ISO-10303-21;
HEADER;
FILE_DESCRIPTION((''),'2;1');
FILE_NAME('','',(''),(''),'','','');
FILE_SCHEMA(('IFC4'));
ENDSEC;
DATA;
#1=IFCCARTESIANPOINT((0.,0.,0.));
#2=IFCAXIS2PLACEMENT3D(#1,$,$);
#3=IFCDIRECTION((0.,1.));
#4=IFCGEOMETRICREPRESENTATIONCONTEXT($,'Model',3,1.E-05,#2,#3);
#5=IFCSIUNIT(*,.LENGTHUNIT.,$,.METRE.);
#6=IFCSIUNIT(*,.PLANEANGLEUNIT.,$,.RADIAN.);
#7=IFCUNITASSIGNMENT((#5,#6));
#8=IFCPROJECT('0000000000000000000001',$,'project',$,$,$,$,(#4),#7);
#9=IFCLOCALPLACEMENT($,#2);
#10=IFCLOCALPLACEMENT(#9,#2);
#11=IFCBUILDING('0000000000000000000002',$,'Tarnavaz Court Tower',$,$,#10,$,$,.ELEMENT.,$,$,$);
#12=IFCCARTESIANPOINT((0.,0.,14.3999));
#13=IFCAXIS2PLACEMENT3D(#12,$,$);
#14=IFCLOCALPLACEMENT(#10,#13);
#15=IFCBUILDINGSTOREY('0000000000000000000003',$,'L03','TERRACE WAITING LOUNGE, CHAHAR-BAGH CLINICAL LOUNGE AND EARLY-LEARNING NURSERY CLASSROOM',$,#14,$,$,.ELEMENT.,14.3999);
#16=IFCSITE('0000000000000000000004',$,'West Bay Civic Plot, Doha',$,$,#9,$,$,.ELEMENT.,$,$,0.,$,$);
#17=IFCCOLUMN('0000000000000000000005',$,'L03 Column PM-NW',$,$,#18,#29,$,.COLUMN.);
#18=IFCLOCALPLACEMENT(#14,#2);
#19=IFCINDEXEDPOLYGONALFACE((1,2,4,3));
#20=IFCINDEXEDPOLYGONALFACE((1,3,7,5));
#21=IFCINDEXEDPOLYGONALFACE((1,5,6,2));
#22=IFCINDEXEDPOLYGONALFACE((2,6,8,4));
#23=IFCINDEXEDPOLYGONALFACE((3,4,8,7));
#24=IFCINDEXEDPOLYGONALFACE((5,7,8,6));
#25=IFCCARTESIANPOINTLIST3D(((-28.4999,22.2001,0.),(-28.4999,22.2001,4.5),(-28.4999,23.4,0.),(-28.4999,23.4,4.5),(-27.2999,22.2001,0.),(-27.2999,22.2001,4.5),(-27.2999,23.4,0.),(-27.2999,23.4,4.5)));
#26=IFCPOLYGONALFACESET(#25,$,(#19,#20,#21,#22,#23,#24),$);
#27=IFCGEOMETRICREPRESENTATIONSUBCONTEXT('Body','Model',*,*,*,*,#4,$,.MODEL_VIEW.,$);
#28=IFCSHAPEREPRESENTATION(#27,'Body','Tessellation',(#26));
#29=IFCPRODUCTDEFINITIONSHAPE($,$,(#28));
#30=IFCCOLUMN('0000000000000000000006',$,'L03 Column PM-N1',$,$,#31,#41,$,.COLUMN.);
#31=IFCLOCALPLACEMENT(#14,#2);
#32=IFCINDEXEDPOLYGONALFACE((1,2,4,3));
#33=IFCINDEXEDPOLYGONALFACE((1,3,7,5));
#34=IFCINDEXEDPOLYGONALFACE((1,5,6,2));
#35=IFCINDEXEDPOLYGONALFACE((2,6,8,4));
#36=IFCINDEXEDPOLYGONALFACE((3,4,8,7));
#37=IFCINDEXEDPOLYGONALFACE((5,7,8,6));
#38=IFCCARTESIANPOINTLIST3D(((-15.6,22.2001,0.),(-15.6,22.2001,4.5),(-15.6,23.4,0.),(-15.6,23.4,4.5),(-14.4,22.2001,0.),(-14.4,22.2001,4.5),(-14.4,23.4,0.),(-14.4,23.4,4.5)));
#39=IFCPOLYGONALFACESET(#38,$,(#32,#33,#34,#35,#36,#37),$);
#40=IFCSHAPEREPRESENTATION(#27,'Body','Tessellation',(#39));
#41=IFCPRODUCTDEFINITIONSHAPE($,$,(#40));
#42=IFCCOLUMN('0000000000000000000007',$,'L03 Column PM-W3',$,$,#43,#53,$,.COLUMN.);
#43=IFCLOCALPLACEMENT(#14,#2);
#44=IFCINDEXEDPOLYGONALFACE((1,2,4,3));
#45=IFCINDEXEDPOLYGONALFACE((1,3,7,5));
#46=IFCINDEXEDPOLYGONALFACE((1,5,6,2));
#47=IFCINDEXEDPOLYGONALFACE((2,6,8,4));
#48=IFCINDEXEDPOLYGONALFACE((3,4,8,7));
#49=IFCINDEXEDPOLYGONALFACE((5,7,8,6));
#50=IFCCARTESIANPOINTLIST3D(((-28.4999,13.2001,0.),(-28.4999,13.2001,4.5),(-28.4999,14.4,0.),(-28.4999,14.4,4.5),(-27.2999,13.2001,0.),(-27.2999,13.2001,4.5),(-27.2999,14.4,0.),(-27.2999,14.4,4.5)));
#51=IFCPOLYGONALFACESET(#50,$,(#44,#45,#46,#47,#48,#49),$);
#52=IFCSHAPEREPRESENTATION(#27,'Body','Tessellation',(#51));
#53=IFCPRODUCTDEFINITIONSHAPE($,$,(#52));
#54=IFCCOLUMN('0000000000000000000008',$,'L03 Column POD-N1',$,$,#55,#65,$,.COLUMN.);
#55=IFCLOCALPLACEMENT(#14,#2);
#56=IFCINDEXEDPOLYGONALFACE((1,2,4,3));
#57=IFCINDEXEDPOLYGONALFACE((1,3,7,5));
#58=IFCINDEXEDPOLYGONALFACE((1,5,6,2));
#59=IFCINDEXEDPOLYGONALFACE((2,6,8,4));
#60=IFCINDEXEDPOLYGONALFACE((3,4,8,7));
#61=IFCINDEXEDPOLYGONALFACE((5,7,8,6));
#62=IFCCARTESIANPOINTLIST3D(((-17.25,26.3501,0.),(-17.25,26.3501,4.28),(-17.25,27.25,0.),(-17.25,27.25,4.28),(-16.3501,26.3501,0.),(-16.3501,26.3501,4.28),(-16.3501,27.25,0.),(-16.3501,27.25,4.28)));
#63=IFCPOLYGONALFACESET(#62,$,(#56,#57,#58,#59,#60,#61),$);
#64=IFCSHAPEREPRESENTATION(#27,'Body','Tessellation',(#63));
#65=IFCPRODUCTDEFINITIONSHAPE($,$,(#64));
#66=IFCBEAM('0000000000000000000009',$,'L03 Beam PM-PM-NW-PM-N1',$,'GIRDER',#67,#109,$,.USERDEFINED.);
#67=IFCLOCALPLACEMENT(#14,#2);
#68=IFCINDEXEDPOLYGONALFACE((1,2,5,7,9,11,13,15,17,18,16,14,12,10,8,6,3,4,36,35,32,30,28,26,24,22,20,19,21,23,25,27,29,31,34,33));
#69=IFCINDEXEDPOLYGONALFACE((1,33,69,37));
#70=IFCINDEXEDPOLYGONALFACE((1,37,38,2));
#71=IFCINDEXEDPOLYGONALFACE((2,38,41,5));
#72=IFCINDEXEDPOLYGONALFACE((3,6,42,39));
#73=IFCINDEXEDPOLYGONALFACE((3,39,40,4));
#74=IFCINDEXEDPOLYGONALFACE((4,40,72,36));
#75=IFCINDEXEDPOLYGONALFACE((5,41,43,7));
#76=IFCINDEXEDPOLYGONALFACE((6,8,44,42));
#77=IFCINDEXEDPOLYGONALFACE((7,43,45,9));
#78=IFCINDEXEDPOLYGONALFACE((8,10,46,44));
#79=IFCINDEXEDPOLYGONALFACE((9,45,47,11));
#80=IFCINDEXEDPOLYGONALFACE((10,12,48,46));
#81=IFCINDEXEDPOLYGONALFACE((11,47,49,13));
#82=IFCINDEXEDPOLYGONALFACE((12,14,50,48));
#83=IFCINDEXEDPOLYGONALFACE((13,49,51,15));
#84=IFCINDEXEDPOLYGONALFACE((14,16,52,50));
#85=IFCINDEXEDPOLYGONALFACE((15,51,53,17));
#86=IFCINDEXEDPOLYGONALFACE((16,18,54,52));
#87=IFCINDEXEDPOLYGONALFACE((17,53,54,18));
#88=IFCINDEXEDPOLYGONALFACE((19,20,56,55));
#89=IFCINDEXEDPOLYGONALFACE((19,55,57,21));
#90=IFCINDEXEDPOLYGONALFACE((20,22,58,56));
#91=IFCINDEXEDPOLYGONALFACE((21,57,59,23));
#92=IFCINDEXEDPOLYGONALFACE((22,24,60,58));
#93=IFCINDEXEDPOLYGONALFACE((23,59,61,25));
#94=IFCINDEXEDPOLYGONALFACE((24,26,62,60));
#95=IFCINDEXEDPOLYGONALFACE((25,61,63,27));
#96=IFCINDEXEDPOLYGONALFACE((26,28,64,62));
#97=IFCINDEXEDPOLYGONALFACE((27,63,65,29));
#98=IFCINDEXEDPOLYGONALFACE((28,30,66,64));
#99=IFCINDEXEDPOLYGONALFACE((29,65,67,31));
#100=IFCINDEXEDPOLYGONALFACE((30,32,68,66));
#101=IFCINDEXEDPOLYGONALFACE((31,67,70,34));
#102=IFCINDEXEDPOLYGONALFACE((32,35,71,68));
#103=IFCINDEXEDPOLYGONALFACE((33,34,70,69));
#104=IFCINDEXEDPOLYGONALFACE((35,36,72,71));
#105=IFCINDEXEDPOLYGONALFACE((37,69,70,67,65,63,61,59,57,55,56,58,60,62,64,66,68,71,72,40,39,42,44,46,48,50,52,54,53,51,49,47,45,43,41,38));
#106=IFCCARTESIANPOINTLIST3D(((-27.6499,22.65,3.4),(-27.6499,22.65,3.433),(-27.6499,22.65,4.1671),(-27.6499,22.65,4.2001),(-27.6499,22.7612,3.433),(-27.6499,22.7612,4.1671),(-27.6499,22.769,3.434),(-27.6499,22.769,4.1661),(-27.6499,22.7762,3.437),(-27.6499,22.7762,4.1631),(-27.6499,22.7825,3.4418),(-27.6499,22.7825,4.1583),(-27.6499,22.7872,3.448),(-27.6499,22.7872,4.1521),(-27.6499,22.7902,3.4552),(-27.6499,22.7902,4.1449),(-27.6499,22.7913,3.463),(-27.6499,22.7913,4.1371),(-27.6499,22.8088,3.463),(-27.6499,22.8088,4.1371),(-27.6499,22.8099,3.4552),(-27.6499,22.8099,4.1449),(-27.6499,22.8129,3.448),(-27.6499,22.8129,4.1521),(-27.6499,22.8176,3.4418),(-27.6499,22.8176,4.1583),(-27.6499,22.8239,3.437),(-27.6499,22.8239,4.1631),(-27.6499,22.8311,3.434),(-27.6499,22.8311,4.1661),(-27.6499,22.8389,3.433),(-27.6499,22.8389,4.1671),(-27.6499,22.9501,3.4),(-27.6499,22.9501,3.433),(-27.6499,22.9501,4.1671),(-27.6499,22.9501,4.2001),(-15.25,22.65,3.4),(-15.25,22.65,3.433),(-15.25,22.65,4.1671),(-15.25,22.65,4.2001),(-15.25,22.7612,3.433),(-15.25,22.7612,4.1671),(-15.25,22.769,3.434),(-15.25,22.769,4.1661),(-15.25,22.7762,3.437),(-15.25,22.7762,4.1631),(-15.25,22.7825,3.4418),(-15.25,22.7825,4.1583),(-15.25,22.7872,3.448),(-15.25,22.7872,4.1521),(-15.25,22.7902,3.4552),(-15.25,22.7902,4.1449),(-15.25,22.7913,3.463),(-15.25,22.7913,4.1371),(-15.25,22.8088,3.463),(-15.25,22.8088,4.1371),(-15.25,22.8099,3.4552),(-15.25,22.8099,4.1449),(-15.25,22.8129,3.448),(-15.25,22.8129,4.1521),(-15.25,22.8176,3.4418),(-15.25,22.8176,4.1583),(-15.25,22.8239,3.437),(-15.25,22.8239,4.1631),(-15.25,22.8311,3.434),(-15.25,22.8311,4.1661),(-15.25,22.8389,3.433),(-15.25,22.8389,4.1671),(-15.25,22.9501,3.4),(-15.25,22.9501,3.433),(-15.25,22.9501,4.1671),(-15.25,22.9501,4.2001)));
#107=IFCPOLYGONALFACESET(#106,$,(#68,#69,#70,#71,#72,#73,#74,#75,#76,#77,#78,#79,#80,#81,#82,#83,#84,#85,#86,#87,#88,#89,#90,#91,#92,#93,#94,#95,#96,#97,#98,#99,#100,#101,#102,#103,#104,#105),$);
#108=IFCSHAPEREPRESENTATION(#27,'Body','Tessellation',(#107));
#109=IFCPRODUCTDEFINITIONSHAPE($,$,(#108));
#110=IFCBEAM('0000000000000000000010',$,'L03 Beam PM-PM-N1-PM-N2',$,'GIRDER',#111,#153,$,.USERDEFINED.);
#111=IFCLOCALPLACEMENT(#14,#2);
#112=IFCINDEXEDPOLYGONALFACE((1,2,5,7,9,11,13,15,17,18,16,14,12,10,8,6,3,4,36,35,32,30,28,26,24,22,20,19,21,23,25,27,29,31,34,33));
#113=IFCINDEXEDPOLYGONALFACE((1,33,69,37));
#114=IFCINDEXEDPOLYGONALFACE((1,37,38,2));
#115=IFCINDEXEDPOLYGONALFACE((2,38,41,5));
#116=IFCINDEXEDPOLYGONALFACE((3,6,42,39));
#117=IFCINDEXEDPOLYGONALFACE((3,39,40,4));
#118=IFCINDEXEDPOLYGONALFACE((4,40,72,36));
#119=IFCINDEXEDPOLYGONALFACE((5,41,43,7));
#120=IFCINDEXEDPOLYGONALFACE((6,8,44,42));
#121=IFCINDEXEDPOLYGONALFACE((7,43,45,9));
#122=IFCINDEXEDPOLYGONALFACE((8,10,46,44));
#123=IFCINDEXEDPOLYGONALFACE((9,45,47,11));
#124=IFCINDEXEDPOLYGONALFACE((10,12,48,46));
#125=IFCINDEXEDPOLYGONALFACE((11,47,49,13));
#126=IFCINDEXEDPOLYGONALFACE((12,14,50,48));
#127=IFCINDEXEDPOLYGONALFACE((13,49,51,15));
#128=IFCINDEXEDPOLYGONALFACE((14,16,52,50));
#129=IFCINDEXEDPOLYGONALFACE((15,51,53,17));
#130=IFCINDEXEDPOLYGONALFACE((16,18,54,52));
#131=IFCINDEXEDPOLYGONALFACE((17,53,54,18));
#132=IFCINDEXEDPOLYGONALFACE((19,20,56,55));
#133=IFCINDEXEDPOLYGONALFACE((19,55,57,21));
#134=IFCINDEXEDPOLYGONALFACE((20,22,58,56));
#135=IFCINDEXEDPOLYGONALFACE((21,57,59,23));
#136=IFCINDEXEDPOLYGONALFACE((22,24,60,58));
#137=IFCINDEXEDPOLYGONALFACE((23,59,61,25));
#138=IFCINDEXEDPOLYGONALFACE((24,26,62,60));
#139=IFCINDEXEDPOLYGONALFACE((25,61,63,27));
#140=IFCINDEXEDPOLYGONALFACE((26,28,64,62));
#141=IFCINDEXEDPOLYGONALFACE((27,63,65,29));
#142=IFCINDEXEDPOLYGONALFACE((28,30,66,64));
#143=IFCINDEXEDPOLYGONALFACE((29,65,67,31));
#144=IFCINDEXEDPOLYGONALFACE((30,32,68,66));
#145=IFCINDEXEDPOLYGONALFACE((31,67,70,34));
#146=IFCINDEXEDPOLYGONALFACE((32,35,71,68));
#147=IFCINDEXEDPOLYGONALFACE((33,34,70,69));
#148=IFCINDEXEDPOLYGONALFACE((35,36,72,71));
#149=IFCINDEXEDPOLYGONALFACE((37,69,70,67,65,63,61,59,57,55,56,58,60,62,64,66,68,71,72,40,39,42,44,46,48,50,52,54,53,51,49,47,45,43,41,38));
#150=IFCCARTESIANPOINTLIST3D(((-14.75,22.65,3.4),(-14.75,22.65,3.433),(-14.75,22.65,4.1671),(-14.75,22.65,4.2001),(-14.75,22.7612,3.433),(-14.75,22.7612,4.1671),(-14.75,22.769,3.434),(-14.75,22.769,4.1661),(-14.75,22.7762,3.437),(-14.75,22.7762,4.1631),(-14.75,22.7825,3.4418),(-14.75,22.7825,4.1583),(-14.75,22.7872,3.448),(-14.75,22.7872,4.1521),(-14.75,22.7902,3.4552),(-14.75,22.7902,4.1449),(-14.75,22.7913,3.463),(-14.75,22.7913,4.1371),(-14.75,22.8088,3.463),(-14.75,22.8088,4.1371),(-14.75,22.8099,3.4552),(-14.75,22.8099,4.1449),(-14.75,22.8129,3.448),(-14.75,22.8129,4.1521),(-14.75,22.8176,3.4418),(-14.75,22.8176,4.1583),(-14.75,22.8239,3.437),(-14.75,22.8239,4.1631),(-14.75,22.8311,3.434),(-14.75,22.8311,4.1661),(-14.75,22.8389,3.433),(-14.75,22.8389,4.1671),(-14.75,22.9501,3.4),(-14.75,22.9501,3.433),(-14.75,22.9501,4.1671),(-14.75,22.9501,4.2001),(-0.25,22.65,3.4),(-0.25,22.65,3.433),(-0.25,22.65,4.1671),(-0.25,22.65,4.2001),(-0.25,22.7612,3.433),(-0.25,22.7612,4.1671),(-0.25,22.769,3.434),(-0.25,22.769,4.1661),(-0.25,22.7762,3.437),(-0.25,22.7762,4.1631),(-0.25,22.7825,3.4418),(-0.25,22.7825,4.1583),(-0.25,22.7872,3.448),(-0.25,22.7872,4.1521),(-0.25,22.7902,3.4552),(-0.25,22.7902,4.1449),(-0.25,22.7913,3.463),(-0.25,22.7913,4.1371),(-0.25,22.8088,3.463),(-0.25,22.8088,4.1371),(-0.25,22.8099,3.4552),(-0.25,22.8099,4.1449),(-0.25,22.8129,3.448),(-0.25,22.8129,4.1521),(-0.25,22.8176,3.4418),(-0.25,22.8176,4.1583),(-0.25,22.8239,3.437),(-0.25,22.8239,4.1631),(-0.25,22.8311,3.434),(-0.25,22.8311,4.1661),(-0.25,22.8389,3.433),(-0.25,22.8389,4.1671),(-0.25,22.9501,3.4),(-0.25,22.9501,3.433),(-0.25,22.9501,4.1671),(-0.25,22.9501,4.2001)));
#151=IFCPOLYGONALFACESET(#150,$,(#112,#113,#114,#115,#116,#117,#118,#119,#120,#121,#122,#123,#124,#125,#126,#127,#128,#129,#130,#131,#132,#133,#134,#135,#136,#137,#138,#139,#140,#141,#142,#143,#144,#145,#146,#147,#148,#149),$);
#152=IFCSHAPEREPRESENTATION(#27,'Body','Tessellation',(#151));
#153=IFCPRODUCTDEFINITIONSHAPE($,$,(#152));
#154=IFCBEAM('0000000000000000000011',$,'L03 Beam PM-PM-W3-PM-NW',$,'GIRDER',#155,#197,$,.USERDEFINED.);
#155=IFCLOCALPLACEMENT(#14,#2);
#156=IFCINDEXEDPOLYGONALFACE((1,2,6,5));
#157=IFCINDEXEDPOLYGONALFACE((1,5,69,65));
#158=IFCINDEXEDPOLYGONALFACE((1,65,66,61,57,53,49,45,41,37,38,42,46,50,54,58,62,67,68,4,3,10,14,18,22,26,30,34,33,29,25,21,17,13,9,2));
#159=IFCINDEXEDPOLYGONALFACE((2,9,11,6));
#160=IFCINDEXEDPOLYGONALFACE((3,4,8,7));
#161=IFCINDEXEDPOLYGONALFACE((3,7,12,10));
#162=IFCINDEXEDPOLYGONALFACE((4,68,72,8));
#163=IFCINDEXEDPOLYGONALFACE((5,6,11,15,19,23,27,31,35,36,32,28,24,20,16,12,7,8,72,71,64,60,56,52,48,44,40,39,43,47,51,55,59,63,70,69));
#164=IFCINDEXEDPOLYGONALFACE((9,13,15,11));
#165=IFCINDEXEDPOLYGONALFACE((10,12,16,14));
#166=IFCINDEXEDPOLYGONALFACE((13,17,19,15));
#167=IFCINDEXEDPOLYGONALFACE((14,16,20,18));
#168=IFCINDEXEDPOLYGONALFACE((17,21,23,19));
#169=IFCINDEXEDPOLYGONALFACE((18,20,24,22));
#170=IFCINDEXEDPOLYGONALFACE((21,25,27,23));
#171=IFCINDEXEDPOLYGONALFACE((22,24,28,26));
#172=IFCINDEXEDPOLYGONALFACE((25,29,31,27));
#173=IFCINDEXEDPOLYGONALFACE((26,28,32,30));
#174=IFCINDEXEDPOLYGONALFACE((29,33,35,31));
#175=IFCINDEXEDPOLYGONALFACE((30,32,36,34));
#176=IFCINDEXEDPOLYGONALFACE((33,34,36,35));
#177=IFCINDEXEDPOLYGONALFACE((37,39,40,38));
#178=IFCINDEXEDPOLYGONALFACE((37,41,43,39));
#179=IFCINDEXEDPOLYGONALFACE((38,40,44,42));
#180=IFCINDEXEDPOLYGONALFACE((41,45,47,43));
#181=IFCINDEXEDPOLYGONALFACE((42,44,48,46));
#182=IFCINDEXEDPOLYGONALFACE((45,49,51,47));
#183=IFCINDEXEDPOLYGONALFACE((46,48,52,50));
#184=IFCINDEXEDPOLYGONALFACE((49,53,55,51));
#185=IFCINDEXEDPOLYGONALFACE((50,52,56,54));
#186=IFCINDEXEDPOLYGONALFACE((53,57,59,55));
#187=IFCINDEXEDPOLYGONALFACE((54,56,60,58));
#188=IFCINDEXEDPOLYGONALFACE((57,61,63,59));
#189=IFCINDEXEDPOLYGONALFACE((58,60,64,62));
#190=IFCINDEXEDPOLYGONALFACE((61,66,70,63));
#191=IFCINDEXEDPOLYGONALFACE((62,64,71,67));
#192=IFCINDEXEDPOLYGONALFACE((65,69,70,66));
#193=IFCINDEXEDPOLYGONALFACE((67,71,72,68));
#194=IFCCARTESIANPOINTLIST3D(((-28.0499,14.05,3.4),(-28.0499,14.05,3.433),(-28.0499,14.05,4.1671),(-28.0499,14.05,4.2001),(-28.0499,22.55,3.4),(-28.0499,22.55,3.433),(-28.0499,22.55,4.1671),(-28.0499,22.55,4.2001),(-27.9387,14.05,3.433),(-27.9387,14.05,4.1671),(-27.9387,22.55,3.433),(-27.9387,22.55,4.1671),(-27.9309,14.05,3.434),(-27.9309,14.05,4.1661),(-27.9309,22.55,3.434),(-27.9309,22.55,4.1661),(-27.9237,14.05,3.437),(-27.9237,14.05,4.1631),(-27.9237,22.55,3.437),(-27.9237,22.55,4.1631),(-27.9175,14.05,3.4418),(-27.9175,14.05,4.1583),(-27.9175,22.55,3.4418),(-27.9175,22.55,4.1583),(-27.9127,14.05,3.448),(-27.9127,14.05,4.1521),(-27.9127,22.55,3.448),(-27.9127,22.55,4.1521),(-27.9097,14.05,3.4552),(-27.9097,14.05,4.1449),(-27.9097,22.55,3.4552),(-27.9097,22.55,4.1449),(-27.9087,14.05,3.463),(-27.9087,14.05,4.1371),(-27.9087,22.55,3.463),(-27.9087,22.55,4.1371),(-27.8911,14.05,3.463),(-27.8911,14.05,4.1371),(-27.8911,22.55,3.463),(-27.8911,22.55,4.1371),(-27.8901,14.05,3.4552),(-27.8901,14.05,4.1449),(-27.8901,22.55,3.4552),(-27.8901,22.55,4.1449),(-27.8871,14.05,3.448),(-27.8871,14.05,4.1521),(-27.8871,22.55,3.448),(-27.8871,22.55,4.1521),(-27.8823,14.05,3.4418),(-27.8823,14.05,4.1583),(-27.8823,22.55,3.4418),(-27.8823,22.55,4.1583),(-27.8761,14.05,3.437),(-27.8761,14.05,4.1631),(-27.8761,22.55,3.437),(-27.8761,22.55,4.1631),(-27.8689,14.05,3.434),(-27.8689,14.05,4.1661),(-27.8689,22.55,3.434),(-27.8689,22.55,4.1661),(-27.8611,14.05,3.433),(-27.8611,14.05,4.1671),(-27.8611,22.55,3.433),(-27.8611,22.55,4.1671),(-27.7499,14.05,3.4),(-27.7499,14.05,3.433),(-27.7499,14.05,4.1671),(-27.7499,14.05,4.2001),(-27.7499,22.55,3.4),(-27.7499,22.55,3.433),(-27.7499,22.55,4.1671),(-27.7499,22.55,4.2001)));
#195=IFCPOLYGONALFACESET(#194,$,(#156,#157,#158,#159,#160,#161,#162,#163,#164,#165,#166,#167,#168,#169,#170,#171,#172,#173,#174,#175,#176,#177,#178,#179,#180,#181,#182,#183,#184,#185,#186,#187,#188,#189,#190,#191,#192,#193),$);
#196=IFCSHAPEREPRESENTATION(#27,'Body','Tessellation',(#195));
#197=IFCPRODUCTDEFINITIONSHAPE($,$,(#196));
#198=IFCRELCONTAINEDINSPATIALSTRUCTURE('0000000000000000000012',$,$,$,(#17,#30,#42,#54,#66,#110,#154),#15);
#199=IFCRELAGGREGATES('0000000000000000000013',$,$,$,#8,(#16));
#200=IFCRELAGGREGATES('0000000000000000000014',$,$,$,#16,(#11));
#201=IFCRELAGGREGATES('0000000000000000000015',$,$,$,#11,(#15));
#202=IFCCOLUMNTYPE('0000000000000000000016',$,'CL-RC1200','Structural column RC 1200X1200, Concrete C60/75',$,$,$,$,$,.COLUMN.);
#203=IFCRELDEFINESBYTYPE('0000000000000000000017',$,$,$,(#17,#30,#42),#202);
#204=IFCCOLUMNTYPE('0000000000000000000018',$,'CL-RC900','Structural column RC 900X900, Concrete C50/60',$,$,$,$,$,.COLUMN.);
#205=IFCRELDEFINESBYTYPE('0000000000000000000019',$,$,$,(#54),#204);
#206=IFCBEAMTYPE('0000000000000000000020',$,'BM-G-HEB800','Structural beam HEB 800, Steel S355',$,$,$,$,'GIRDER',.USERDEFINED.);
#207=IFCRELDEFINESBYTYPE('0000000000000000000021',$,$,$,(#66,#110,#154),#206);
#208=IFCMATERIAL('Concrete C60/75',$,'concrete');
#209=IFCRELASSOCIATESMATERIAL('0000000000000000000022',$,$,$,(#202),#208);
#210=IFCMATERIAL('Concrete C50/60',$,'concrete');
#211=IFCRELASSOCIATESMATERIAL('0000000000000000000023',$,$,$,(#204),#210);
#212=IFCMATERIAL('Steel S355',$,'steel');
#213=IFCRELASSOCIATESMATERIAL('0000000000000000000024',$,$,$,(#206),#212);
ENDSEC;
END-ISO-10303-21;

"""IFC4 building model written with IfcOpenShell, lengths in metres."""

from ifc_helpers import new_model, si_unit, direction, frame, origin, origin_2d, place, context, subcontext, project, spatial, rectangle, i_section, extrude, material, material_profile, profile_set, type_object, element, save


model = new_model("IFC4")

# Units and contexts
model_context = context("Model", 3, precision=1e-05, world=origin(), true_north=direction((0.0, 1.0)))
body_context = subcontext(model_context, "Body", "Model", "MODEL_VIEW")
ifc_project = project(units=[si_unit("LENGTHUNIT", "METRE"), si_unit("PLANEANGLEUNIT", "RADIAN")], contexts=[model_context])

# Site, building, storey
site_placement = place(None, origin())
site = spatial("IfcSite", under=ifc_project, at=site_placement, Name="West Bay Civic Plot, Doha", CompositionType="ELEMENT", RefElevation=0.0)
building_placement = place(site_placement, origin())
building = spatial("IfcBuilding", under=site, at=building_placement, Name="Tarnavaz Court Tower", CompositionType="ELEMENT")
storey_placement = place(building_placement, frame((0.0, 0.0, 14.3999)))
storey = spatial("IfcBuildingStorey", under=building, at=storey_placement, Name="L03", Description="TERRACE WAITING LOUNGE, CHAHAR-BAGH CLINICAL LOUNGE AND EARLY-LEARNING NURSERY CLASSROOM", CompositionType="ELEMENT", Elevation=14.3999)

# Columns
ifc_material_1 = material(Name="Concrete C60/75", Category="concrete")
ifc_material_profile_1 = material_profile(ifc_material_1, rectangle(XDim=1.2, YDim=1.2, at=origin_2d()), Name="RC 1200X1200")
ifc_profile_set_1 = profile_set([ifc_material_profile_1], Name="Concrete C60/75")
column_type_1 = type_object("IfcColumnType", Name="CL-RC1200", Description="Structural column RC 1200X1200, Concrete C60/75", PredefinedType="COLUMN", material=ifc_profile_set_1)
for number, where, z_axis, x_axis, name in (
    (1, (-27.8999, 22.8, 0.0), (0.0, 0.0, 1.0), (1.0, 0.0, 0.0), "L03 Column PM-NW"),
    (2, (-15.0, 22.8, 0.0), (0.0, 0.0, 1.0), (1.0, 0.0, 0.0), "L03 Column PM-N1"),
    (3, (-27.8999, 13.8, 0.0), (0.0, 0.0, 1.0), (1.0, 0.0, 0.0), "L03 Column PM-W3"),
):
    element("IfcColumn", number, at=place(storey_placement, frame(where, z_axis=z_axis, x_axis=x_axis)), inside=storey, type_object=column_type_1, Name=name, PredefinedType="COLUMN", context=body_context, shape_type="SweptSolid", body=[
        extrude(rectangle(XDim=1.2, YDim=1.2, at=origin_2d()), origin(), (0.0, 0.0, 1.0), 4.5),
    ])
ifc_material_2 = material(Name="Concrete C50/60", Category="concrete")
ifc_material_profile_2 = material_profile(ifc_material_2, rectangle(XDim=0.8999, YDim=0.8999, at=origin_2d()), Name="RC 900X900")
ifc_profile_set_2 = profile_set([ifc_material_profile_2], Name="Concrete C50/60")
column_type_2 = type_object("IfcColumnType", Name="CL-RC900", Description="Structural column RC 900X900, Concrete C50/60", PredefinedType="COLUMN", material=ifc_profile_set_2)
column_placement = place(storey_placement, frame((-16.8, 26.8, 0.0), z_axis=(0.0, 0.0, 1.0), x_axis=(1.0, 0.0, 0.0)))
element("IfcColumn", 4, at=column_placement, inside=storey, type_object=column_type_2, Name="L03 Column POD-N1", PredefinedType="COLUMN", context=body_context, shape_type="SweptSolid", body=[
    extrude(rectangle(XDim=0.8999, YDim=0.8999, at=origin_2d()), origin(), (0.0, 0.0, 1.0), 4.28),
])

# Beams
ifc_material_3 = material(Name="Steel S355", Category="steel")
ifc_material_profile_3 = material_profile(ifc_material_3, i_section(OverallWidth=0.3, OverallDepth=0.8, WebThickness=0.0176, FlangeThickness=0.033, FilletRadius=0.03, at=origin_2d()), Name="HEB 800")
ifc_profile_set_3 = profile_set([ifc_material_profile_3], Name="Steel S355")
beam_type_1 = type_object("IfcBeamType", Name="BM-G-HEB800", Description="Structural beam HEB 800, Steel S355", ElementType="GIRDER", PredefinedType="USERDEFINED", material=ifc_profile_set_3)
beam_1_placement = place(storey_placement, frame((-27.6499, 22.8, 3.8), z_axis=(1.0, 0.0, 0.0), x_axis=(0.0, 1.0, 0.0)))
element("IfcBeam", 5, at=beam_1_placement, inside=storey, type_object=beam_type_1, Name="L03 Beam PM-PM-NW-PM-N1", ObjectType="GIRDER", PredefinedType="USERDEFINED", context=body_context, shape_type="SweptSolid", body=[
    extrude(i_section(OverallWidth=0.3, OverallDepth=0.8, WebThickness=0.0176, FlangeThickness=0.033, FilletRadius=0.03, at=origin_2d()), origin(), (0.0, 0.0, 1.0), 12.3999),
])
beam_2_placement = place(storey_placement, frame((-14.75, 22.8, 3.8), z_axis=(1.0, 0.0, 0.0), x_axis=(0.0, 1.0, 0.0)))
element("IfcBeam", 6, at=beam_2_placement, inside=storey, type_object=beam_type_1, Name="L03 Beam PM-PM-N1-PM-N2", ObjectType="GIRDER", PredefinedType="USERDEFINED", context=body_context, shape_type="SweptSolid", body=[
    extrude(i_section(OverallWidth=0.3, OverallDepth=0.8, WebThickness=0.0176, FlangeThickness=0.033, FilletRadius=0.03, at=origin_2d()), origin(), (0.0, 0.0, 1.0), 14.5),
])
beam_3_placement = place(storey_placement, frame((-27.8999, 14.05, 3.8), z_axis=(0.0, 1.0, 0.0), x_axis=(-1.0, 0.0, 0.0)))
element("IfcBeam", 7, at=beam_3_placement, inside=storey, type_object=beam_type_1, Name="L03 Beam PM-PM-W3-PM-NW", ObjectType="GIRDER", PredefinedType="USERDEFINED", context=body_context, shape_type="SweptSolid", body=[
    extrude(i_section(OverallWidth=0.3, OverallDepth=0.8, WebThickness=0.0176, FlangeThickness=0.033, FilletRadius=0.03, at=origin_2d()), origin(), (0.0, 0.0, 1.0), 8.5),
])

save(model, "model.ifc")
